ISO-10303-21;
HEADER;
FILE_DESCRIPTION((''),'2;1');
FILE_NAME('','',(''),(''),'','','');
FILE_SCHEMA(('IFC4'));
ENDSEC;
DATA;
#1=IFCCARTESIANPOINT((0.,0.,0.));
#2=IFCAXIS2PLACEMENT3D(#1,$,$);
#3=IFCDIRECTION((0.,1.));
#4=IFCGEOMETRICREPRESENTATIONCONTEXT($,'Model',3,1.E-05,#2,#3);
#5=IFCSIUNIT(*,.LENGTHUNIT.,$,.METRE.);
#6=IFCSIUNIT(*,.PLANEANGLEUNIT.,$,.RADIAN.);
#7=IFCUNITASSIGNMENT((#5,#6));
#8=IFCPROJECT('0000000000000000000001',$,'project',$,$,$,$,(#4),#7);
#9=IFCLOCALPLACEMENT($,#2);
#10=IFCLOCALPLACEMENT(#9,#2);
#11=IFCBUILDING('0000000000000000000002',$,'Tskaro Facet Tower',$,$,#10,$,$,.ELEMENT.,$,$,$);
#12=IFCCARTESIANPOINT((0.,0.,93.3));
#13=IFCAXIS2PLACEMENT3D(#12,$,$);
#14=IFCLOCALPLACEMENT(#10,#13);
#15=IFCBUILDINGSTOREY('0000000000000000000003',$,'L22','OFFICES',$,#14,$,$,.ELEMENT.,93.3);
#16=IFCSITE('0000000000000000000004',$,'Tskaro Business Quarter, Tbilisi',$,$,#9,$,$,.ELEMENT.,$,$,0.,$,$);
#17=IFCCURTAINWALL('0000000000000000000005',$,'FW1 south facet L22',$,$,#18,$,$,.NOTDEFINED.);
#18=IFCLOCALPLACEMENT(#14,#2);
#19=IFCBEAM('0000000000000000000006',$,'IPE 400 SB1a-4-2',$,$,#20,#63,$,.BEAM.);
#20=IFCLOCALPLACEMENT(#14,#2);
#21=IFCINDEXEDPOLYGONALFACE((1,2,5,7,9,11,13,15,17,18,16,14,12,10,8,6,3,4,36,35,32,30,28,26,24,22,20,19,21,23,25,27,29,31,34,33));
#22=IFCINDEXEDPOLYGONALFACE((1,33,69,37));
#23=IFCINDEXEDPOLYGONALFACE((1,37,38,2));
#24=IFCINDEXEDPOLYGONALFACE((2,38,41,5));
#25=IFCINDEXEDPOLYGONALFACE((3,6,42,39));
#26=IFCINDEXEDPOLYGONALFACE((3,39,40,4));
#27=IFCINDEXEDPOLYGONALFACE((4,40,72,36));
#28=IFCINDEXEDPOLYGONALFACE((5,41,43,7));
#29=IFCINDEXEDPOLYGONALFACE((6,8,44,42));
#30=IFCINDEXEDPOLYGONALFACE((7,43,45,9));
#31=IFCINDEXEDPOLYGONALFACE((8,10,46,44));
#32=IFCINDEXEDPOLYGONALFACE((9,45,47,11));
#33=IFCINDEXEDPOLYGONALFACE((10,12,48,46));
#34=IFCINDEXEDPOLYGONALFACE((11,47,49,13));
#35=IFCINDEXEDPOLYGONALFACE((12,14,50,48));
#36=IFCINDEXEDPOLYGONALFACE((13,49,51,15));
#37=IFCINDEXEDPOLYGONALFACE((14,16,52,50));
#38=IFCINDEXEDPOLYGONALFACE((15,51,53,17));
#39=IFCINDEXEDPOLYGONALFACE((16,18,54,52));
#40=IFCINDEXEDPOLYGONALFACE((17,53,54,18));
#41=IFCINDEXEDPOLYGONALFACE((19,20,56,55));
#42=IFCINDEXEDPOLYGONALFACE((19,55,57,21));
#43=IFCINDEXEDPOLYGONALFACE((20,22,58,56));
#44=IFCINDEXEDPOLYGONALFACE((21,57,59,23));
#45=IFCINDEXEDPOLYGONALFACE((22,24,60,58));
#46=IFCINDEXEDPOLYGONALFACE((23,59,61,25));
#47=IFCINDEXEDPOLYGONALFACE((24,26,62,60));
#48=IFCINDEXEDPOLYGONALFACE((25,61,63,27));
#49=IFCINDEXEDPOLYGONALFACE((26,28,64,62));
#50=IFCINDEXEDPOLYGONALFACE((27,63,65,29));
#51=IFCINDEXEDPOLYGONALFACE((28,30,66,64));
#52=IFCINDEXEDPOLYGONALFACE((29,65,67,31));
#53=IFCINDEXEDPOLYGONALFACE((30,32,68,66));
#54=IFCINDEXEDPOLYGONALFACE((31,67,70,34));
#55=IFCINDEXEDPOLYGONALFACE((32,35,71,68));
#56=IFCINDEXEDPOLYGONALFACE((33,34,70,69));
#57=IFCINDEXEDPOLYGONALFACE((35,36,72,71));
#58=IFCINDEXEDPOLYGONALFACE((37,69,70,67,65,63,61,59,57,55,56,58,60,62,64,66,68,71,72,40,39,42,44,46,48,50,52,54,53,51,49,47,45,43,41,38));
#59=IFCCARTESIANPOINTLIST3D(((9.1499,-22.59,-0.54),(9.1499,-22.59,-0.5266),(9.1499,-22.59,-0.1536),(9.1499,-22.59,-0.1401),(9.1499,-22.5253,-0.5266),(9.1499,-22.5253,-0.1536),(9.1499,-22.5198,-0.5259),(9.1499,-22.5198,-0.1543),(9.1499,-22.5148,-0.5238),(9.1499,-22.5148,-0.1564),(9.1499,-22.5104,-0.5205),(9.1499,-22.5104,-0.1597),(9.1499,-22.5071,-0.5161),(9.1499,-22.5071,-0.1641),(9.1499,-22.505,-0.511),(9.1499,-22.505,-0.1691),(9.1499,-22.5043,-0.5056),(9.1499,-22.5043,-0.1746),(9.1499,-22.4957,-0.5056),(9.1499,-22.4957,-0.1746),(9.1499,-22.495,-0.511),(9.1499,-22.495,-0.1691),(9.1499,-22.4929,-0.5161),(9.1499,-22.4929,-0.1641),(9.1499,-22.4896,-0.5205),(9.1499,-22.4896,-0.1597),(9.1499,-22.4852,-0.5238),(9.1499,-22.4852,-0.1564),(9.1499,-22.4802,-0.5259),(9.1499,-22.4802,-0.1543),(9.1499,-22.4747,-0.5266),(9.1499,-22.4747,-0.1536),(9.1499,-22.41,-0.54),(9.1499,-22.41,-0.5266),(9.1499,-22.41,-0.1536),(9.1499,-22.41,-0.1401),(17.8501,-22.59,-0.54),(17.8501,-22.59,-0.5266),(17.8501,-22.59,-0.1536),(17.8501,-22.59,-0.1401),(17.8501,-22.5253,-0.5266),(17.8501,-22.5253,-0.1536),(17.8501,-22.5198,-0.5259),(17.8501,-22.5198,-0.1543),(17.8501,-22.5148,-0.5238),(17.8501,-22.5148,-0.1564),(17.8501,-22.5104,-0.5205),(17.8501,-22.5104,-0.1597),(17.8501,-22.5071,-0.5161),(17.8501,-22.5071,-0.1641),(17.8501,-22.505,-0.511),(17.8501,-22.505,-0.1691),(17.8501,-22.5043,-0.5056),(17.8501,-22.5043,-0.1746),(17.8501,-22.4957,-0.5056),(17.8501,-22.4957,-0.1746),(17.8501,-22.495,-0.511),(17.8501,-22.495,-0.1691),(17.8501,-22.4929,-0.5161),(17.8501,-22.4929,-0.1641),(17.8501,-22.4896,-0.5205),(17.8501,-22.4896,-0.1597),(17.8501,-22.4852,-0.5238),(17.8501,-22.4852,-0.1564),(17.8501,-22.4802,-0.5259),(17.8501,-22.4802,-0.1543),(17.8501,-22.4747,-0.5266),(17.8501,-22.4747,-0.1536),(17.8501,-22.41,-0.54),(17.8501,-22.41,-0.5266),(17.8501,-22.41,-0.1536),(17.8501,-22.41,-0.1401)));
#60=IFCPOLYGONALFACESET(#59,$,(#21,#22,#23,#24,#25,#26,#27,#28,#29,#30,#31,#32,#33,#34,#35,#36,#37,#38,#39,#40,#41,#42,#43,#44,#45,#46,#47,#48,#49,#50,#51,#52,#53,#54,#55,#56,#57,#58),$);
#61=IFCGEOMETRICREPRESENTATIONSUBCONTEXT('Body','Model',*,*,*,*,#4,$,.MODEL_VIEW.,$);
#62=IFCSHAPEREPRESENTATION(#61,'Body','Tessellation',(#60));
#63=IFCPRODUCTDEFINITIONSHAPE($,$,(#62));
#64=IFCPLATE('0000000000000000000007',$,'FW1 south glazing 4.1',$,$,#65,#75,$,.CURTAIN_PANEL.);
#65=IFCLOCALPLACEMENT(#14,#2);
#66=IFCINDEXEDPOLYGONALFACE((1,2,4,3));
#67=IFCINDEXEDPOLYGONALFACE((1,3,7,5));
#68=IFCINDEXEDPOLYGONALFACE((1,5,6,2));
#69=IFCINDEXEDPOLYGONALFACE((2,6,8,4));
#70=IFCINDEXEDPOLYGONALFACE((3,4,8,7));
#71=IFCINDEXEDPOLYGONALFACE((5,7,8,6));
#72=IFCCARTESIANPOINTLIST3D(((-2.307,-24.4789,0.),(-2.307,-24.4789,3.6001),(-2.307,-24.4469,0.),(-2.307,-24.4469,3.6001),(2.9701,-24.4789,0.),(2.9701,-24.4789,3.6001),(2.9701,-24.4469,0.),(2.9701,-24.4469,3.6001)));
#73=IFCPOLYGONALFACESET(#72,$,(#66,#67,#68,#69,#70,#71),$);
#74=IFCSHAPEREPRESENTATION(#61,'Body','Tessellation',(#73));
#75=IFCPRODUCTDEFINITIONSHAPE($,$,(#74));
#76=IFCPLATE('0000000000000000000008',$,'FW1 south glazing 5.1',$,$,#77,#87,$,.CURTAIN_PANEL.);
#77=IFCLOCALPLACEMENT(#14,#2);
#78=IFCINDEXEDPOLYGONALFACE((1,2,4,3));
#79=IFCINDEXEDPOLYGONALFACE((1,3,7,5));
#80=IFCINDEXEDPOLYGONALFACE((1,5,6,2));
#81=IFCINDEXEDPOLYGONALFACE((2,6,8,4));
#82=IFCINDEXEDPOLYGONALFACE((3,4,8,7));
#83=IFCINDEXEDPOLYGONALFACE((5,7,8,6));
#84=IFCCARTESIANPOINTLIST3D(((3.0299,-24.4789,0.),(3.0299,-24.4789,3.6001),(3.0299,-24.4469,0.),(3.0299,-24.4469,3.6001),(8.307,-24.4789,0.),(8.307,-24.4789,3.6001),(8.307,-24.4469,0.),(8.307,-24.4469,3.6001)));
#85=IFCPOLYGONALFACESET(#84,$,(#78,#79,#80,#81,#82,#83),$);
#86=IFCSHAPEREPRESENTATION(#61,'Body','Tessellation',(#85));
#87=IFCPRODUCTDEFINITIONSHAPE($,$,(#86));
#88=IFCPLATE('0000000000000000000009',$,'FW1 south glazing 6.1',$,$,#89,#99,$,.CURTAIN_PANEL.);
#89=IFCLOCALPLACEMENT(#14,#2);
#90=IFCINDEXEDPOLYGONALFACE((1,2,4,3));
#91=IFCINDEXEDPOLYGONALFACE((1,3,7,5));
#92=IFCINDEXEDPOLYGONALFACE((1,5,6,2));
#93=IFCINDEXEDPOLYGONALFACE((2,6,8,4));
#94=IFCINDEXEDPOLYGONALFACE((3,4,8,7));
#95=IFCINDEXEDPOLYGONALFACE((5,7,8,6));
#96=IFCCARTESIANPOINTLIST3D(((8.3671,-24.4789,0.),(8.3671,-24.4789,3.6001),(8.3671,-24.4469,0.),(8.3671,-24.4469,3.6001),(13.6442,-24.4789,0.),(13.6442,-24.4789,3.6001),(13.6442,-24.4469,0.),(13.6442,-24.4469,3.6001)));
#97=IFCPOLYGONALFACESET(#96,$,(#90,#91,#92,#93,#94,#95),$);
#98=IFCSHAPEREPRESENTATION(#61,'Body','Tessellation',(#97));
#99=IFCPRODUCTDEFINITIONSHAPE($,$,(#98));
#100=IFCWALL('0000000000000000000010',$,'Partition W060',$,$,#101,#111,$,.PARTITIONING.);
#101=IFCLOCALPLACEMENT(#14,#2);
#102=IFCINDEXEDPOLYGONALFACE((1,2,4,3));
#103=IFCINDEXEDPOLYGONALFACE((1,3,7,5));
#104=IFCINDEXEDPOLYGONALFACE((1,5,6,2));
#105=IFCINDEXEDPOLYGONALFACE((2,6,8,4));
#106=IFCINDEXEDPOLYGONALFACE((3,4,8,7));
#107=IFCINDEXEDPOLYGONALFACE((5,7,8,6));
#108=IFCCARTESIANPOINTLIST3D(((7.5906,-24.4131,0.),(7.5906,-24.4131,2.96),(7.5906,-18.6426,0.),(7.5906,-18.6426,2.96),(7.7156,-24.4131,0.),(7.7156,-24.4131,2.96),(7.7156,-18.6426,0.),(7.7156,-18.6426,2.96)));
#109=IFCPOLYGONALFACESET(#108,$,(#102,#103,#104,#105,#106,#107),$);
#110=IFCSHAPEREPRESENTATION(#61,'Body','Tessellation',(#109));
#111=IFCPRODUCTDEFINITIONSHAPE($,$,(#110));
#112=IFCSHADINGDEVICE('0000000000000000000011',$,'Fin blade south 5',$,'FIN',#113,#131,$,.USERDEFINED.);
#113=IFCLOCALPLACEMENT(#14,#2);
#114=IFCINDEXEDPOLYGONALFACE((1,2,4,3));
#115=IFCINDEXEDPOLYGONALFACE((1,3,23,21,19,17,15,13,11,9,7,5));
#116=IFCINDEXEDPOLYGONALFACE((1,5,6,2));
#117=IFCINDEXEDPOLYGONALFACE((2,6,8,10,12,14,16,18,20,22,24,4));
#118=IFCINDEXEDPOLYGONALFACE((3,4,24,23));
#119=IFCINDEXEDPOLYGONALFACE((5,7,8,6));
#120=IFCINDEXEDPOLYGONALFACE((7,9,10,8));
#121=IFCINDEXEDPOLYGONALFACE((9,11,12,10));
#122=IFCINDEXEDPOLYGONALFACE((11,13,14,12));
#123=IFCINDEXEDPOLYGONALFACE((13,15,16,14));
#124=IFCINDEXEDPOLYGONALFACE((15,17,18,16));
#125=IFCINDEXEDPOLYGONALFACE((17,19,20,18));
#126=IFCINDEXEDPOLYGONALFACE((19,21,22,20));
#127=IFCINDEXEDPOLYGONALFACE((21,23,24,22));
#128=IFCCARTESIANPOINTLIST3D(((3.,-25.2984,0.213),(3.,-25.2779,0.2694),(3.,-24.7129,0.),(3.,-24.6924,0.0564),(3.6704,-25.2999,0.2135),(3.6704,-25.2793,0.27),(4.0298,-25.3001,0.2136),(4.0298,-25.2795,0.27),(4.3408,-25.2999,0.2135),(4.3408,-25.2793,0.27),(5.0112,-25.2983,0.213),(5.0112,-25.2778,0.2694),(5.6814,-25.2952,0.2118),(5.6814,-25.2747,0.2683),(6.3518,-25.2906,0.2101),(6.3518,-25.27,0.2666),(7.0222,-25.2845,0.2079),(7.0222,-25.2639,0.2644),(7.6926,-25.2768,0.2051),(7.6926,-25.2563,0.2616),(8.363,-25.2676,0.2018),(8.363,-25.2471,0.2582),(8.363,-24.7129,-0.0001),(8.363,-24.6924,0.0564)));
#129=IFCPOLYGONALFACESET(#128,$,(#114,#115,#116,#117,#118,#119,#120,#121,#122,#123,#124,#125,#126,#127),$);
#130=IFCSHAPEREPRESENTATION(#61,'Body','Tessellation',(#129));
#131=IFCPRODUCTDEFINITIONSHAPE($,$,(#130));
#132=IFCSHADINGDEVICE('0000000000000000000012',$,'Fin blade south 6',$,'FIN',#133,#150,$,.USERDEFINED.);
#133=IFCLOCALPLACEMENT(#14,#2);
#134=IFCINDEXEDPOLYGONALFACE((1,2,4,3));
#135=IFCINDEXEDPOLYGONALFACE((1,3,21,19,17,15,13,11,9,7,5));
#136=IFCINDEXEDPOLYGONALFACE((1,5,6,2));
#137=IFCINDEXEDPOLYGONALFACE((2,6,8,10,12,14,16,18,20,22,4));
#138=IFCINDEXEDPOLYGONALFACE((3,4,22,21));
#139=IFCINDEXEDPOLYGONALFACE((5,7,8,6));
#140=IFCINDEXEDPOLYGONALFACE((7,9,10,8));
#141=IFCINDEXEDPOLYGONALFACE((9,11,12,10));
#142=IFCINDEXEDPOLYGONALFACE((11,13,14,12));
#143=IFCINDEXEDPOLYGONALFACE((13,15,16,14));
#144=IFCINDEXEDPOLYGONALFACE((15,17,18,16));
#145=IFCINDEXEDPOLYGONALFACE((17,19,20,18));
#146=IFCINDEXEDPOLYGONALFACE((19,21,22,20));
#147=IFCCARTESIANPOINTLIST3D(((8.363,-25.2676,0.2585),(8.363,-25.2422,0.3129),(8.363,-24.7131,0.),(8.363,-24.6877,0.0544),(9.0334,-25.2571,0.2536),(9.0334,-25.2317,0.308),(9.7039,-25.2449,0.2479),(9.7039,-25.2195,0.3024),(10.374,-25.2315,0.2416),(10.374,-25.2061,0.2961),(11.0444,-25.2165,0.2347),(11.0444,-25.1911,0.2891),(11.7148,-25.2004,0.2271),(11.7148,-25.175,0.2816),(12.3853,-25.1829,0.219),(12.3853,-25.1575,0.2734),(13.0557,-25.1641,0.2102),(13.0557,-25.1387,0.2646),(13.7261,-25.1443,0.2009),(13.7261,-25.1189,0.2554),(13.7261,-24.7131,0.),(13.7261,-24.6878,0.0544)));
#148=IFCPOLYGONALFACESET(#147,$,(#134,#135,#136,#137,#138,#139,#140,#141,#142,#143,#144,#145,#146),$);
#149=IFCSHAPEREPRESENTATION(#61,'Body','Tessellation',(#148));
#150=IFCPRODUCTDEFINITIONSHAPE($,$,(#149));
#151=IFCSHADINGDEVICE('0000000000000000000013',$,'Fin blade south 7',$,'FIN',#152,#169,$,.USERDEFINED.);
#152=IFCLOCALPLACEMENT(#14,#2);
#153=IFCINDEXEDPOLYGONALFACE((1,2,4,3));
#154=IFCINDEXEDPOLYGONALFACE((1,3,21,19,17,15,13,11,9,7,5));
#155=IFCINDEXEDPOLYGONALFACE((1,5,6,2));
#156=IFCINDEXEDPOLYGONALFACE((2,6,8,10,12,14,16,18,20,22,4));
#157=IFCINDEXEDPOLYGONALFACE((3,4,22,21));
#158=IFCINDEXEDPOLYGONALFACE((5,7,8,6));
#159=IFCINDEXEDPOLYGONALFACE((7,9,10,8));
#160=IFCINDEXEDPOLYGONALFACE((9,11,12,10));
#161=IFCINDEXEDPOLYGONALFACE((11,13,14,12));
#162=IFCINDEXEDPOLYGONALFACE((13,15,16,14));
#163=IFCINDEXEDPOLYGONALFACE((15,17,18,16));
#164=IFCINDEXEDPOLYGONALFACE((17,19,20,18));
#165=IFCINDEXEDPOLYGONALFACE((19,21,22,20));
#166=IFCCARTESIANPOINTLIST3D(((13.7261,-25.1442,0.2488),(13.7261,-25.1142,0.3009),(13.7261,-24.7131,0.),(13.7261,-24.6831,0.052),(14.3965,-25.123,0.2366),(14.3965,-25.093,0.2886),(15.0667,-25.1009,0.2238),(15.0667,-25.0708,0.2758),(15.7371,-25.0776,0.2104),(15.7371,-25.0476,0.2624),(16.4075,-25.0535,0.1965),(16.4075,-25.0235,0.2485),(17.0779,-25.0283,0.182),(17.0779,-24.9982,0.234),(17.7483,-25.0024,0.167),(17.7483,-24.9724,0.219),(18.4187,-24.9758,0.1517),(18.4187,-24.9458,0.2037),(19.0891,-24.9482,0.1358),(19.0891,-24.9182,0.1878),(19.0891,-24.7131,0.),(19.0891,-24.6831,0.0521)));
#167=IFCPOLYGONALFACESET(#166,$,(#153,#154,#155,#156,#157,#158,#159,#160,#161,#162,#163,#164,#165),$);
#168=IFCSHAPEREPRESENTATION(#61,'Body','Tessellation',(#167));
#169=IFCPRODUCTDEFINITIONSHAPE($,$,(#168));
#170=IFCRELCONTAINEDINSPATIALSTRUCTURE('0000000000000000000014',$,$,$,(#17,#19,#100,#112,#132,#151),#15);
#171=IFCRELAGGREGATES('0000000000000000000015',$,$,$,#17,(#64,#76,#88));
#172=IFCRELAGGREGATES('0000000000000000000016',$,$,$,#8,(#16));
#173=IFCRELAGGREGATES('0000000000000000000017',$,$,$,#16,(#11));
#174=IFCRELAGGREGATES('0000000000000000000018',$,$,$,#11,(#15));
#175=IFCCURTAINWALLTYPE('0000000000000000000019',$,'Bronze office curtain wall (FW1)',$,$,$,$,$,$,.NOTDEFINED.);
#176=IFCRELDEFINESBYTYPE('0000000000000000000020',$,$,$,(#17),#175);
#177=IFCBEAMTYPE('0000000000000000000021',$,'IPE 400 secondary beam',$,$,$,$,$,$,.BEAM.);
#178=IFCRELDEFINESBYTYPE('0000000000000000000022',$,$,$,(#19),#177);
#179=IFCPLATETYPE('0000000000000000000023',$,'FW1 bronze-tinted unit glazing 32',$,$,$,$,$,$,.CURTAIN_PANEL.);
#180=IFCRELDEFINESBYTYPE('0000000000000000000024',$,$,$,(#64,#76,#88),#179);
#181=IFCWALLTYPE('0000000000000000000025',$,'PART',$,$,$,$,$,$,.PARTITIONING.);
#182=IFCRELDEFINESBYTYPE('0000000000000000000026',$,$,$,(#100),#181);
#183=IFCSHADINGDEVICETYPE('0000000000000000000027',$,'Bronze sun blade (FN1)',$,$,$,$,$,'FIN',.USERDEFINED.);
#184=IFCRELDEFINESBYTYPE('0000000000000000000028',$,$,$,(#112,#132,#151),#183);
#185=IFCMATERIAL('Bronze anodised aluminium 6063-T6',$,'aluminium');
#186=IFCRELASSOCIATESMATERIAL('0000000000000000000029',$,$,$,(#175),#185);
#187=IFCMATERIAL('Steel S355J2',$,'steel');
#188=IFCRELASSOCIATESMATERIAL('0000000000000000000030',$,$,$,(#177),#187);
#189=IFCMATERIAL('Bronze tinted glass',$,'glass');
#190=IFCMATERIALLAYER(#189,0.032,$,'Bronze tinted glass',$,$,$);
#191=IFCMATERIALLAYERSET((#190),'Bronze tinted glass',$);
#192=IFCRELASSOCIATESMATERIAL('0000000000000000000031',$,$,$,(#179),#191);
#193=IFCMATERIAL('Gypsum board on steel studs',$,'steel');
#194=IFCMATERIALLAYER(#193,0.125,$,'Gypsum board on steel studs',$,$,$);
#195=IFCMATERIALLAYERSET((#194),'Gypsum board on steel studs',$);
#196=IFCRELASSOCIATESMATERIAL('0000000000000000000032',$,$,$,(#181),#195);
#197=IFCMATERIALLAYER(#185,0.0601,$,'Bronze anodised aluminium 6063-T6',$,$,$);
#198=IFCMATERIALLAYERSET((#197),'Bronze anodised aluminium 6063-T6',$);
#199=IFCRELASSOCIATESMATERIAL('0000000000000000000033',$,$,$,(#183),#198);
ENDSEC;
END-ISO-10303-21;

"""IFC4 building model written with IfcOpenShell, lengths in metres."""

from ifc_helpers import new_model, si_unit, direction, frame, frame_2d, origin, origin_2d, place, context, subcontext, project, spatial, polyline, rectangle, i_section, outline, extrude, material, layer, layer_set, material_profile, profile_set, type_object, element, aggregate, save


model = new_model("IFC4")

# Units and contexts
model_context = context("Model", 3, precision=1e-05, world=origin(), true_north=direction((0.0, 1.0)))
body_context = subcontext(model_context, "Body", "Model", "MODEL_VIEW")
ifc_project = project(units=[si_unit("LENGTHUNIT", "METRE"), si_unit("PLANEANGLEUNIT", "RADIAN")], contexts=[model_context])

# Site, building, storey
site_placement = place(None, origin())
site = spatial("IfcSite", under=ifc_project, at=site_placement, Name="Tskaro Business Quarter, Tbilisi", CompositionType="ELEMENT", RefElevation=0.0)
building_placement = place(site_placement, origin())
building = spatial("IfcBuilding", under=site, at=building_placement, Name="Tskaro Facet Tower", CompositionType="ELEMENT")
storey_placement = place(building_placement, frame((0.0, 0.0, 93.3)))
storey = spatial("IfcBuildingStorey", under=building, at=storey_placement, Name="L22", Description="OFFICES", CompositionType="ELEMENT", Elevation=93.3)

# Curtain wall
ifc_material_1 = material(Name="Bronze anodised aluminium 6063-T6", Category="aluminium")
curtain_wall_type = type_object("IfcCurtainWallType", Name="Bronze office curtain wall (FW1)", PredefinedType="NOTDEFINED", material=ifc_material_1)
curtain_wall_placement = place(storey_placement, origin())
curtain_wall = element("IfcCurtainWall", 1, at=curtain_wall_placement, inside=storey, type_object=curtain_wall_type, Name="FW1 south facet L22", PredefinedType="NOTDEFINED")

# Beam
ifc_material_2 = material(Name="Steel S355J2", Category="steel")
ifc_material_profile_1 = material_profile(ifc_material_2, i_section(OverallWidth=0.1799, OverallDepth=0.3999, WebThickness=0.0085, FlangeThickness=0.0134, FilletRadius=0.021, at=origin_2d()), Name="IPE 400")
ifc_profile_set_1 = profile_set([ifc_material_profile_1], Name="Steel S355J2")
beam_type_1 = type_object("IfcBeamType", Name="IPE 400 secondary beam", PredefinedType="BEAM", material=ifc_profile_set_1)
for number, where, z_axis, x_axis, name in (
    (2, (9.1499, -22.5, -0.3401), (1.0, 0.0, 0.0), (0.0, 1.0, 0.0), "IPE 400 SB1a-4-2"),
):
    element("IfcBeam", number, at=place(storey_placement, frame(where, z_axis=z_axis, x_axis=x_axis)), inside=storey, type_object=beam_type_1, Name=name, PredefinedType="BEAM", context=body_context, shape_type="SweptSolid", body=[
        extrude(i_section(OverallWidth=0.1799, OverallDepth=0.3999, WebThickness=0.0085, FlangeThickness=0.0134, FilletRadius=0.021, at=origin_2d()), origin(), (0.0, 0.0, 1.0), 8.7002),
    ])

# Plates
ifc_material_3 = material(Name="Bronze tinted glass", Category="glass")
ifc_layer_1 = layer(ifc_material_3, 0.032, Name="Bronze tinted glass")
ifc_layer_set_1 = layer_set([ifc_layer_1], Name="Bronze tinted glass")
plate_type = type_object("IfcPlateType", Name="FW1 bronze-tinted unit glazing 32", PredefinedType="CURTAIN_PANEL", material=ifc_layer_set_1)
plate_1_placement = place(storey_placement, frame((0.3315, -24.4629, 0.0), z_axis=(0.0, 0.0, 1.0), x_axis=(1.0, 0.0, 0.0)))
plate_1 = element("IfcPlate", 3, at=plate_1_placement, type_object=plate_type, Name="FW1 south glazing 4.1", PredefinedType="CURTAIN_PANEL", context=body_context, shape_type="SweptSolid", body=[
    extrude(rectangle(XDim=5.2771, YDim=0.032, at=origin_2d()), origin(), (0.0, 0.0, 1.0), 3.6001),
])
plate_2_placement = place(storey_placement, frame((5.6685, -24.4629, 0.0), z_axis=(0.0, 0.0, 1.0), x_axis=(1.0, 0.0, 0.0)))
plate_2 = element("IfcPlate", 4, at=plate_2_placement, type_object=plate_type, Name="FW1 south glazing 5.1", PredefinedType="CURTAIN_PANEL", context=body_context, shape_type="SweptSolid", body=[
    extrude(rectangle(XDim=5.2771, YDim=0.032, at=origin_2d()), origin(), (0.0, 0.0, 1.0), 3.6001),
])
plate_3_placement = place(storey_placement, frame((11.0056, -24.4629, 0.0), z_axis=(0.0, 0.0, 1.0), x_axis=(1.0, 0.0, 0.0)))
plate_3 = element("IfcPlate", 5, at=plate_3_placement, type_object=plate_type, Name="FW1 south glazing 6.1", PredefinedType="CURTAIN_PANEL", context=body_context, shape_type="SweptSolid", body=[
    extrude(rectangle(XDim=5.2771, YDim=0.032, at=origin_2d()), origin(), (0.0, 0.0, 1.0), 3.6001),
])
aggregate(curtain_wall, [plate_1, plate_2, plate_3])

# Wall
ifc_material_4 = material(Name="Gypsum board on steel studs", Category="steel")
ifc_layer_2 = layer(ifc_material_4, 0.125, Name="Gypsum board on steel studs")
ifc_layer_set_2 = layer_set([ifc_layer_2], Name="Gypsum board on steel studs")
wall_type = type_object("IfcWallType", Name="PART", PredefinedType="PARTITIONING", material=ifc_layer_set_2)
wall_placement = place(storey_placement, frame((7.6531, -24.4131, 0.0), z_axis=(0.0, 0.0, 1.0), x_axis=(0.0, 1.0, 0.0)))
element("IfcWall", 6, at=wall_placement, inside=storey, type_object=wall_type, Name="Partition W060", PredefinedType="PARTITIONING", context=body_context, shape_type="SweptSolid", body=[
    extrude(rectangle(XDim=5.7705, YDim=0.125, at=frame_2d((2.8853, 0.0))), origin(), (0.0, 0.0, 1.0), 2.96),
])

# Shading devices
ifc_layer_3 = layer(ifc_material_1, 0.0601, Name="Bronze anodised aluminium 6063-T6")
ifc_layer_set_3 = layer_set([ifc_layer_3], Name="Bronze anodised aluminium 6063-T6")
shading_device_type = type_object("IfcShadingDeviceType", Name="Bronze sun blade (FN1)", ElementType="FIN", PredefinedType="USERDEFINED", material=ifc_layer_set_3)
shading_device_1_placement = place(storey_placement, frame((3.0, -24.6924, 0.0564), z_axis=(0.000004, 0.341938, 0.939722), x_axis=(1.0, -0.000001, -0.000004)))
element("IfcShadingDevice", 7, at=shading_device_1_placement, inside=storey, type_object=shading_device_type, Name="Fin blade south 5", ObjectType="FIN", PredefinedType="USERDEFINED", context=body_context, shape_type="SweptSolid", body=[
    extrude(outline(polyline([(0.0, 0.0), (5.363, 0.0), (5.363, -0.5903), (4.6926, -0.6001), (4.0222, -0.6082), (3.3518, -0.6147), (2.6814, -0.6196), (2.0112, -0.623), (1.3408, -0.6246), (1.0298, -0.6248), (0.6704, -0.6246), (0.0, -0.623), (0.0, 0.0)])), origin(), (0.0, 0.0, -1.0), 0.0601),
])
shading_device_2_placement = place(storey_placement, frame((8.363, -24.6877, 0.0544), z_axis=(0.000012, 0.422551, 0.906339), x_axis=(1.0, -0.000005, -0.00001)))
element("IfcShadingDevice", 8, at=shading_device_2_placement, inside=storey, type_object=shading_device_type, Name="Fin blade south 6", ObjectType="FIN", PredefinedType="USERDEFINED", context=body_context, shape_type="SweptSolid", body=[
    extrude(outline(polyline([(0.0, 0.0), (5.363, 0.0), (5.363, -0.4757), (4.6926, -0.4975), (4.0222, -0.5183), (3.3518, -0.5376), (2.6814, -0.5554), (2.011, -0.5719), (1.3408, -0.5867), (0.6704, -0.6002), (0.0, -0.6118), (0.0, 0.0)])), origin(), (0.0, 0.0, -1.0), 0.0601),
])
shading_device_3_placement = place(storey_placement, frame((13.7261, -24.6831, 0.052), z_axis=(-0.000012, 0.499938, 0.866061), x_axis=(1.0, 0.000006, 0.000011)))
element("IfcShadingDevice", 9, at=shading_device_3_placement, inside=storey, type_object=shading_device_type, Name="Fin blade south 7", ObjectType="FIN", PredefinedType="USERDEFINED", context=body_context, shape_type="SweptSolid", body=[
    extrude(outline(polyline([(0.0, 0.0), (5.363, 0.0), (5.363, -0.2715), (4.6926, -0.3033), (4.0222, -0.334), (3.3518, -0.3639), (2.6814, -0.393), (2.011, -0.4209), (1.3406, -0.4477), (0.6704, -0.4733), (0.0, -0.4978), (0.0, 0.0)])), origin(), (0.0, 0.0, -1.0), 0.0601),
])

save(model, "model.ifc")
